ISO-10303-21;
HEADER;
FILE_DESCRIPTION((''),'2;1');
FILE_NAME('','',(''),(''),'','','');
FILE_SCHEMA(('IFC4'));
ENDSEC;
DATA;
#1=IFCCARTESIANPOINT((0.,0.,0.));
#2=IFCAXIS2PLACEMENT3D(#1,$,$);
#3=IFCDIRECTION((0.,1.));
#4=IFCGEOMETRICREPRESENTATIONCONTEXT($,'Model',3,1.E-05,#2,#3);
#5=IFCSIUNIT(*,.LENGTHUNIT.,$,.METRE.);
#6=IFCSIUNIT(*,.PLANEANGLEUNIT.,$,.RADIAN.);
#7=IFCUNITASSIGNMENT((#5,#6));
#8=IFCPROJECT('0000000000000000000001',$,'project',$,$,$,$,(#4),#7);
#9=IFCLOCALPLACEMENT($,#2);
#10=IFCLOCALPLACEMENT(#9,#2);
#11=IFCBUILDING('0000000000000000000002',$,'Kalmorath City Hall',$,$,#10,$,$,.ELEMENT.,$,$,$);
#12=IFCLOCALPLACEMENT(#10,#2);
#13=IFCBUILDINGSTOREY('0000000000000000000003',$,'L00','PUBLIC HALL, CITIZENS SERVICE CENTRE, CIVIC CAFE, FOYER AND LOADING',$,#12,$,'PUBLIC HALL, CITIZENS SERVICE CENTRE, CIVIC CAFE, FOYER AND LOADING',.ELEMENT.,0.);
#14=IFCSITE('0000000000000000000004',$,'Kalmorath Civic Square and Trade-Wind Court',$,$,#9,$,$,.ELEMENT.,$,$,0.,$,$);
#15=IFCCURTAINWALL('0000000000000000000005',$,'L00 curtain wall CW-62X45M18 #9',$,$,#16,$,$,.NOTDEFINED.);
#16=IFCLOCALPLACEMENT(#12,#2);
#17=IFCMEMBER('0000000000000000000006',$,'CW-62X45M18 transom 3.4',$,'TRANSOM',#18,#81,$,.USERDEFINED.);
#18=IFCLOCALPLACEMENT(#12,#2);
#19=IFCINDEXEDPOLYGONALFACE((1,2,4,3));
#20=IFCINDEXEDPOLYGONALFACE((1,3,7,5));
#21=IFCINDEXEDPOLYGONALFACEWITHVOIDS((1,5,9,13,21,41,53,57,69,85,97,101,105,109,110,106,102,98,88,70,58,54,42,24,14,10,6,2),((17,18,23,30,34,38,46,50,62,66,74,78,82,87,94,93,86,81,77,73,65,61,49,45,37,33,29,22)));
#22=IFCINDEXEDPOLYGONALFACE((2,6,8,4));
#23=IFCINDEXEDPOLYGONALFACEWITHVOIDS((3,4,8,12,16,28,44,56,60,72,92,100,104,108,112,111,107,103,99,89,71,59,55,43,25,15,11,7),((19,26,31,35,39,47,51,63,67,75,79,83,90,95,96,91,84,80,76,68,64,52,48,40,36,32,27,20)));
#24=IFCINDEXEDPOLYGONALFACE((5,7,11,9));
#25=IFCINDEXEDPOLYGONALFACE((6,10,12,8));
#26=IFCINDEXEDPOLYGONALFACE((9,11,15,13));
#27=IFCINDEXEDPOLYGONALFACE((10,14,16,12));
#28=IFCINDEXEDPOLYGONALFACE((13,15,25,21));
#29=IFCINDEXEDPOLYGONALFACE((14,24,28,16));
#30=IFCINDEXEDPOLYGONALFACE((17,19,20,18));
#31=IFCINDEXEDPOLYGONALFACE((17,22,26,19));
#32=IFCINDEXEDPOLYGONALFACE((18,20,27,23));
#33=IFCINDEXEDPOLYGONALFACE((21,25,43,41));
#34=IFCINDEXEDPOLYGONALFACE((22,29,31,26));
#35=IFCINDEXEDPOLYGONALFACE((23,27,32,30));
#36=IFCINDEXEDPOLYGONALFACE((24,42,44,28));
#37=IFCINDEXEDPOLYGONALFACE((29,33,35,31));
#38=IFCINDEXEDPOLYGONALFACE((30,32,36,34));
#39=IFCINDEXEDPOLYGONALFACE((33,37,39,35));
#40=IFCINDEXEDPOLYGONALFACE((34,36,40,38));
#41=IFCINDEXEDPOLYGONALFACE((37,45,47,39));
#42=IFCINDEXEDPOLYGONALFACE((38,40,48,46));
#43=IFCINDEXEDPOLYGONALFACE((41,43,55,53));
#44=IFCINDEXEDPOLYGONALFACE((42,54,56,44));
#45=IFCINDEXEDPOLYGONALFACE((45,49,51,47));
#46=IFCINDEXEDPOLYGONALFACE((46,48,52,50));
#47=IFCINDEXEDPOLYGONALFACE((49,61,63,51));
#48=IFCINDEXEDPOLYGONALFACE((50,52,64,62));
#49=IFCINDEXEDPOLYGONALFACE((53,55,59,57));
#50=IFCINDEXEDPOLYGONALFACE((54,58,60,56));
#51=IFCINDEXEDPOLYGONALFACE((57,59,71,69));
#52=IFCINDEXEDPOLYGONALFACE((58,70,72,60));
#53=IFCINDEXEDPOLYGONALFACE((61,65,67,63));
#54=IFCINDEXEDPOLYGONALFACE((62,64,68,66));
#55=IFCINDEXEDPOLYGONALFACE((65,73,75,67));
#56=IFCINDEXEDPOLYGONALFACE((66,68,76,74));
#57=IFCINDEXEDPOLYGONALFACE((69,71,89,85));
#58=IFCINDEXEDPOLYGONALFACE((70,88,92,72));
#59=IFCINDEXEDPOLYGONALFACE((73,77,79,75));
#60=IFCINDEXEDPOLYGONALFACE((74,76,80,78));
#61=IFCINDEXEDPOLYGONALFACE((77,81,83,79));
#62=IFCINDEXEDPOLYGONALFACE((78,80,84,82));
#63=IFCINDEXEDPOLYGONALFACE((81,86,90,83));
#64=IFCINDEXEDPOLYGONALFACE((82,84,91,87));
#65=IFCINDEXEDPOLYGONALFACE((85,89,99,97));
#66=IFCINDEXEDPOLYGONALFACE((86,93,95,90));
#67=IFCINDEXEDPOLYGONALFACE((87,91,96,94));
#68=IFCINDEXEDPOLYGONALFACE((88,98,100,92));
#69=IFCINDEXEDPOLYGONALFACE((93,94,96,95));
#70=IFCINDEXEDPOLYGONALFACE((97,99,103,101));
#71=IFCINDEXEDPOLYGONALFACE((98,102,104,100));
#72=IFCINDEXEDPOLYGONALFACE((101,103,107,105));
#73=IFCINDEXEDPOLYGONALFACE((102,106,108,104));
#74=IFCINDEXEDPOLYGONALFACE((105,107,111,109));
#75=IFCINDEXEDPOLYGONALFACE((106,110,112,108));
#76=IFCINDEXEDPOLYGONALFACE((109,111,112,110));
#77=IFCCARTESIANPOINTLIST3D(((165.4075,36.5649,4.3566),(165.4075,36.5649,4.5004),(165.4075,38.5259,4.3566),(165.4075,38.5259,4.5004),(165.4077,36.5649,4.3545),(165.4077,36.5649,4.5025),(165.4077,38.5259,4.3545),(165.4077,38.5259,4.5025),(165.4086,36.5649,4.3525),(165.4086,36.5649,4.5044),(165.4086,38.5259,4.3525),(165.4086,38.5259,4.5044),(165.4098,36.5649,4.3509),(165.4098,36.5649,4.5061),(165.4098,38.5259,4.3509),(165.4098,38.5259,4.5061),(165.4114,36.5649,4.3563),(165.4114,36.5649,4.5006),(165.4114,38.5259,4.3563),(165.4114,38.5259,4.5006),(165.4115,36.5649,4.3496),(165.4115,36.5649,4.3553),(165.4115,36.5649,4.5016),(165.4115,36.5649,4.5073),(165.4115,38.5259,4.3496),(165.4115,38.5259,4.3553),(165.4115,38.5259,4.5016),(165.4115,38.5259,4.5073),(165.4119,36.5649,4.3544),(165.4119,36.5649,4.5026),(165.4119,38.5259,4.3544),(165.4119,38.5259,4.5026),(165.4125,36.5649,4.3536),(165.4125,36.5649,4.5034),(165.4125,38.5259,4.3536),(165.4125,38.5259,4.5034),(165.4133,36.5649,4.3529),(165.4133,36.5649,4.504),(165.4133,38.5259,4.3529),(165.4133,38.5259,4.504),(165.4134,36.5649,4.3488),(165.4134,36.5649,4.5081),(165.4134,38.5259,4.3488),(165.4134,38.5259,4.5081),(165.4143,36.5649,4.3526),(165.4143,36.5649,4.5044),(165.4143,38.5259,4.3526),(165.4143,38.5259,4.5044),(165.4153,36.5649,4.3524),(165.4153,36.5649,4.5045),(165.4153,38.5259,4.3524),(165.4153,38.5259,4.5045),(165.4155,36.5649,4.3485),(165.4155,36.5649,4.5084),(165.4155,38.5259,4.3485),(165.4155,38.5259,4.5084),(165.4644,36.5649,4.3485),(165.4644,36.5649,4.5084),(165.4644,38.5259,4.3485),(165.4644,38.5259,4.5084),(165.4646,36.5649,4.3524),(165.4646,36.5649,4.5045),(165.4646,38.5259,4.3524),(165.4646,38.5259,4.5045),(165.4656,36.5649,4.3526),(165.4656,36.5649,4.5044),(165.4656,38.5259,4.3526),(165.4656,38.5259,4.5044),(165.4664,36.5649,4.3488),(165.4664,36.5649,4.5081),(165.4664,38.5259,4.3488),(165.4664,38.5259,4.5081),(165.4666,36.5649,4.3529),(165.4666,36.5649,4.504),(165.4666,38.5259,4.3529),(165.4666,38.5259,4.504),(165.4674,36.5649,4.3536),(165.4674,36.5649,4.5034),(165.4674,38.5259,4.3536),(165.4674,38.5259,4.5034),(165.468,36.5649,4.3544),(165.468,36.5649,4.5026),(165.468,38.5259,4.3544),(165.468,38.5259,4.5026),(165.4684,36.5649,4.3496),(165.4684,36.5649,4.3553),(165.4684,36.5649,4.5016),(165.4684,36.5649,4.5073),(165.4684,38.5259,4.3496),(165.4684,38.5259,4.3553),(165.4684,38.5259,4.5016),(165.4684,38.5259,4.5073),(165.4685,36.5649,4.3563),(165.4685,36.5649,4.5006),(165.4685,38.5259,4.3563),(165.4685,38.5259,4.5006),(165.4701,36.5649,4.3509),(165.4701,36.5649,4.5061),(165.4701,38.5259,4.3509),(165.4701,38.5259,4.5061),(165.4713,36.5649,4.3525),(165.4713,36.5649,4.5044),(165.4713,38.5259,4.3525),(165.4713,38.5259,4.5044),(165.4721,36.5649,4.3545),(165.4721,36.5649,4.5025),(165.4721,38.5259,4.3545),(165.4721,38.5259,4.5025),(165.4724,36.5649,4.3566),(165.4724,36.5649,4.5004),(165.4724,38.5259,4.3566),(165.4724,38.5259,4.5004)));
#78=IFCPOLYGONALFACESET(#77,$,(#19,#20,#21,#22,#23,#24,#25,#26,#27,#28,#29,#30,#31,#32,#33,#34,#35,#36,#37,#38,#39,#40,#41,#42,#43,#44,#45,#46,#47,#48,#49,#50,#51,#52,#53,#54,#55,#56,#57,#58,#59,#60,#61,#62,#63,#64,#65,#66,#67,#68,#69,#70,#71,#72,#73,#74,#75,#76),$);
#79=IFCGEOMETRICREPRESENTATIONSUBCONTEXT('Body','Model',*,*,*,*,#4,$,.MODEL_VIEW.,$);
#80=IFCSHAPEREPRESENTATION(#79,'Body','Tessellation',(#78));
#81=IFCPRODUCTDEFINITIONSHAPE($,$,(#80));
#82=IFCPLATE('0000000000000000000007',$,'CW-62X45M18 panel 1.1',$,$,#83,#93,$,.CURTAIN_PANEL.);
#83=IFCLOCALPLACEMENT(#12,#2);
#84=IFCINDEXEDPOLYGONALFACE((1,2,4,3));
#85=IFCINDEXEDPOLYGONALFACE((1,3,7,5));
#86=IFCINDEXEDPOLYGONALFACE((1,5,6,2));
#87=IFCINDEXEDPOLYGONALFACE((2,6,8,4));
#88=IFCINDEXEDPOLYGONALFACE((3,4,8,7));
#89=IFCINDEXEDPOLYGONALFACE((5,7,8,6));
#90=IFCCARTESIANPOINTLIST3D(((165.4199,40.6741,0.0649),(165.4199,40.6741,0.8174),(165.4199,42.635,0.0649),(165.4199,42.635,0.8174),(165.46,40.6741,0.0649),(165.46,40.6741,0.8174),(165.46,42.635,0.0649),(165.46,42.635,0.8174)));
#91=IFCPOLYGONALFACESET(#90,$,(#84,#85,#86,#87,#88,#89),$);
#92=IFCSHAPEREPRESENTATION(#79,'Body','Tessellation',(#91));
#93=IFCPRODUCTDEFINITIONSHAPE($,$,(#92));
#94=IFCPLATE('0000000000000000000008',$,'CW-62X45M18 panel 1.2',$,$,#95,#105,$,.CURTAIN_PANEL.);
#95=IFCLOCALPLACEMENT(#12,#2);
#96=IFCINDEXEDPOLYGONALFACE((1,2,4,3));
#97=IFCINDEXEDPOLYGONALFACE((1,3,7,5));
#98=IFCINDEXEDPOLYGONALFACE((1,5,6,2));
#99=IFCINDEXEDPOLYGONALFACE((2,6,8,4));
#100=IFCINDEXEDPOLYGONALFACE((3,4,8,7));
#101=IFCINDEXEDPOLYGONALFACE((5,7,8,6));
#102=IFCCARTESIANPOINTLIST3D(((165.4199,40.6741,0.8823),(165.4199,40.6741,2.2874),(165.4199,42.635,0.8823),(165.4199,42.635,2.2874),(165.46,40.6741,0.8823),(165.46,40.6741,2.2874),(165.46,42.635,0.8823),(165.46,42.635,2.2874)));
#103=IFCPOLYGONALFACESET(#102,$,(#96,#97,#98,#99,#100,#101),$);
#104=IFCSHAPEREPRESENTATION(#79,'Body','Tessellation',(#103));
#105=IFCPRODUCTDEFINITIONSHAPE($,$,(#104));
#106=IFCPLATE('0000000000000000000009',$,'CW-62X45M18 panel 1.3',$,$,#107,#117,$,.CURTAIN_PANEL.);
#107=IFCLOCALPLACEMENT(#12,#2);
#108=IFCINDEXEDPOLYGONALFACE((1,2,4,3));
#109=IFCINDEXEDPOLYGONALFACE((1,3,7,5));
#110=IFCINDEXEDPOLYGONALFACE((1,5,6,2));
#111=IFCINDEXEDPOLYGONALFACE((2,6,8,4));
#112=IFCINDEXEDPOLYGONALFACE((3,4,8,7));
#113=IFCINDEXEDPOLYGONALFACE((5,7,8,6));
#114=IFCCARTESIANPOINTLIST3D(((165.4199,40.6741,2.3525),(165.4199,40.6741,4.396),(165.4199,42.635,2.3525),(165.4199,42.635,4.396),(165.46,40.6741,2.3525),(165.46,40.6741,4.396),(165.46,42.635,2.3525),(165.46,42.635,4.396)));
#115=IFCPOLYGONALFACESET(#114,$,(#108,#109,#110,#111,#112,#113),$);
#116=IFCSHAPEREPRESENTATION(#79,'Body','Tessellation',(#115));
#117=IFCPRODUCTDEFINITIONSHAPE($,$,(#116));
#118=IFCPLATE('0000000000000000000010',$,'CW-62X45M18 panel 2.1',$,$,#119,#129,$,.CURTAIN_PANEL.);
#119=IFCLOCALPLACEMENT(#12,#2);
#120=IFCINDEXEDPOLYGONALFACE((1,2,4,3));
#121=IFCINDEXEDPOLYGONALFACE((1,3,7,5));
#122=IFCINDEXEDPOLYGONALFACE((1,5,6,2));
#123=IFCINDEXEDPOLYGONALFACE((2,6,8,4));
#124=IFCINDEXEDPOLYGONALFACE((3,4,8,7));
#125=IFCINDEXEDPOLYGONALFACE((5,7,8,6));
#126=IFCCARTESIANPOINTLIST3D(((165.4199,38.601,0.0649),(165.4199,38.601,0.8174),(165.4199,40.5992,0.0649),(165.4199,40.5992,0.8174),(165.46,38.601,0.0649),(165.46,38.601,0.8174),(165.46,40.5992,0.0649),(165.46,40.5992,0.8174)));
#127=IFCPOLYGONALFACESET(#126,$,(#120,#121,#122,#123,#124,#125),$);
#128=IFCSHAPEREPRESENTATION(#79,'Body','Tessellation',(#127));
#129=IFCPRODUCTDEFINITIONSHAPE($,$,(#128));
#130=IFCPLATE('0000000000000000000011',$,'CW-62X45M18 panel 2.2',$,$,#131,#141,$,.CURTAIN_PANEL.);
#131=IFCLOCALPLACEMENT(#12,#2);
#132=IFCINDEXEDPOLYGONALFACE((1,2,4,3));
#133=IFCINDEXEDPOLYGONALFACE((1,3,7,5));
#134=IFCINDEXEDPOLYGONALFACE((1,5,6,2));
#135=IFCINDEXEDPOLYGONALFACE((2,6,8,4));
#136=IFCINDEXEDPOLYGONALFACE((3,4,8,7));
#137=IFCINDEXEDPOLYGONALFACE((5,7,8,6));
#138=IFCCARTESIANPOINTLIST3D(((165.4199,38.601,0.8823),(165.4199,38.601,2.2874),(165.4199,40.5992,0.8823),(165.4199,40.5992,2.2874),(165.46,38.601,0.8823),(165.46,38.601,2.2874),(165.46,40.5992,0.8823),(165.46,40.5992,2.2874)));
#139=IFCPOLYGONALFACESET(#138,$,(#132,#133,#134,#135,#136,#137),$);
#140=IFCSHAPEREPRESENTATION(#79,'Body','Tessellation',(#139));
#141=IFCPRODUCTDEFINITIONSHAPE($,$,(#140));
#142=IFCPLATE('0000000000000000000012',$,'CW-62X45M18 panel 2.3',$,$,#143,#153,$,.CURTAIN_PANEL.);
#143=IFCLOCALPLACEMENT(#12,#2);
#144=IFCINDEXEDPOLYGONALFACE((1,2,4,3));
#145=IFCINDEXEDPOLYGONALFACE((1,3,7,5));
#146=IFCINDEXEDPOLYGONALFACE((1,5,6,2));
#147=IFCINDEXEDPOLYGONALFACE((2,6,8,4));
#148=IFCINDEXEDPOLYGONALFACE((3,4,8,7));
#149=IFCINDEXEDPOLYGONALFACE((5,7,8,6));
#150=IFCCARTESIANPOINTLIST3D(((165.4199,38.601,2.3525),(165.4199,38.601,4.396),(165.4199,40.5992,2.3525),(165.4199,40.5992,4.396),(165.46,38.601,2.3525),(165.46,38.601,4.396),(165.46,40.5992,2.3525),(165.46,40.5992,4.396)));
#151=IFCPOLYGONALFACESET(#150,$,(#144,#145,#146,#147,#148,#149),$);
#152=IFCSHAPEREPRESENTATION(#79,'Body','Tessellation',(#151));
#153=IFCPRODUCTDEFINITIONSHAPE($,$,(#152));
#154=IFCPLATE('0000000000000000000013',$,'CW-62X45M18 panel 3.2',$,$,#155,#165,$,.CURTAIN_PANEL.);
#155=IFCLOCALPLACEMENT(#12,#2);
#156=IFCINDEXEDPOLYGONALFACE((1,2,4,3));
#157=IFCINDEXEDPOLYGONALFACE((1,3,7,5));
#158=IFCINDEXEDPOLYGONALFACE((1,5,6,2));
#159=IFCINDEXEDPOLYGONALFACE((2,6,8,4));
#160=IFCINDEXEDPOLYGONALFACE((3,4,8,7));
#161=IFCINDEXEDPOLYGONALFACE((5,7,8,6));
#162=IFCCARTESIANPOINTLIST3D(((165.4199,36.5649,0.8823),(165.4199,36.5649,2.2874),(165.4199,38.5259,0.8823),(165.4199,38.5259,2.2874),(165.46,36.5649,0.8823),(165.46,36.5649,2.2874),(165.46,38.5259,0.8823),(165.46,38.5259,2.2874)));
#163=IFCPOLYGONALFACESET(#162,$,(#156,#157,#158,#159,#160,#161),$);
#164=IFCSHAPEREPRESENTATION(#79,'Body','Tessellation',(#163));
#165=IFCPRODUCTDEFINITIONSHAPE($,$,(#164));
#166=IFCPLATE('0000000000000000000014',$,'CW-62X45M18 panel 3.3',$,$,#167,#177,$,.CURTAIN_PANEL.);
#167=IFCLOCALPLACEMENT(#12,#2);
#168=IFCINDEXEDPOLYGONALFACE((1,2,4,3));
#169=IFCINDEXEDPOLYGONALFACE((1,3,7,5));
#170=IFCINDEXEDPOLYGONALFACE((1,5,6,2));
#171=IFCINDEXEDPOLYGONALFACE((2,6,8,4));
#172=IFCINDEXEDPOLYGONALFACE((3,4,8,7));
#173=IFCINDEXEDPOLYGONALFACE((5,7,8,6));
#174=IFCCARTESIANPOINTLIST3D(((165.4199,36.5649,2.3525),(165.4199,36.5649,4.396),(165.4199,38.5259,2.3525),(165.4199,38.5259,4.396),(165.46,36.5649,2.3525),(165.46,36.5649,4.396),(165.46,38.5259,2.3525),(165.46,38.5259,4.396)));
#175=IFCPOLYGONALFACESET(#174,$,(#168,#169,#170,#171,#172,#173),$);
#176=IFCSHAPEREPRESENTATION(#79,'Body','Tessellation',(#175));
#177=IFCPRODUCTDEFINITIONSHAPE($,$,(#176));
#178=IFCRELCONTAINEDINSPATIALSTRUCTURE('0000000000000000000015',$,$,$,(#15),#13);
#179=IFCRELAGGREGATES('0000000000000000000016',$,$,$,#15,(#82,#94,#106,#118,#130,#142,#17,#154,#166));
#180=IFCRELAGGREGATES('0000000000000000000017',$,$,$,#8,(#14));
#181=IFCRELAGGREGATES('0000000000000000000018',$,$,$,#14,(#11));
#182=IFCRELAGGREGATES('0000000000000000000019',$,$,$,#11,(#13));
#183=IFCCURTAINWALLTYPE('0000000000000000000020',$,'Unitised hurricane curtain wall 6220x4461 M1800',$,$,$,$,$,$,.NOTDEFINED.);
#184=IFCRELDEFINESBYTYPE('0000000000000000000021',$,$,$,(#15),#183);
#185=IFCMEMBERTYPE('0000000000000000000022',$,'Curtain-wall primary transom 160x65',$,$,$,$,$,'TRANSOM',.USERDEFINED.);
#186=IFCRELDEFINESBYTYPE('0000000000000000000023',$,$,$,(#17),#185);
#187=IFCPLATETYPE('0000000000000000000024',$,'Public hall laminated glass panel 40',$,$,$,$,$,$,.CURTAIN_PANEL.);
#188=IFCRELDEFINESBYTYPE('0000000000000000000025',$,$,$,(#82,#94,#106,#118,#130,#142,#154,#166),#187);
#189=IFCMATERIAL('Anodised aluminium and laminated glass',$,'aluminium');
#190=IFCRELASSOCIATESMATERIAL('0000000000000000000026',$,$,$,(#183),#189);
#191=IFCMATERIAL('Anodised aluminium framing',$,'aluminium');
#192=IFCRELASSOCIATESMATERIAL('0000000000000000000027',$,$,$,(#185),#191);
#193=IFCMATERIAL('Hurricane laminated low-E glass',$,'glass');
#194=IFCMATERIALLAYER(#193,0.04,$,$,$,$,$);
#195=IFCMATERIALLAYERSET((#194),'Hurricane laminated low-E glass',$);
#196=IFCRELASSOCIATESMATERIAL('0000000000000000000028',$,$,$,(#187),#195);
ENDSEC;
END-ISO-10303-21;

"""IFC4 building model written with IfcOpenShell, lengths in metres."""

from ifc_helpers import new_model, si_unit, direction, frame, origin, origin_2d, place, context, subcontext, project, spatial, rectangle, hollow_rectangle, extrude, material, layer, layer_set, material_profile, profile_set, type_object, element, aggregate, save


model = new_model("IFC4")

# Units and contexts
model_context = context("Model", 3, precision=1e-05, world=origin(), true_north=direction((0.0, 1.0)))
body_context = subcontext(model_context, "Body", "Model", "MODEL_VIEW")
ifc_project = project(units=[si_unit("LENGTHUNIT", "METRE"), si_unit("PLANEANGLEUNIT", "RADIAN")], contexts=[model_context])

# Site, building, storey
site_placement = place(None, origin())
site = spatial("IfcSite", under=ifc_project, at=site_placement, Name="Kalmorath Civic Square and Trade-Wind Court", CompositionType="ELEMENT", RefElevation=0.0)
building_placement = place(site_placement, origin())
building = spatial("IfcBuilding", under=site, at=building_placement, Name="Kalmorath City Hall", CompositionType="ELEMENT")
storey_placement = place(building_placement, origin())
storey = spatial("IfcBuildingStorey", under=building, at=storey_placement, Name="L00", Description="PUBLIC HALL, CITIZENS SERVICE CENTRE, CIVIC CAFE, FOYER AND LOADING", LongName="PUBLIC HALL, CITIZENS SERVICE CENTRE, CIVIC CAFE, FOYER AND LOADING", CompositionType="ELEMENT", Elevation=0.0)

# Curtain wall, member, plates
ifc_material_1 = material(Name="Anodised aluminium and laminated glass", Category="aluminium")
curtain_wall_type = type_object("IfcCurtainWallType", Name="Unitised hurricane curtain wall 6220x4461 M1800", PredefinedType="NOTDEFINED", material=ifc_material_1)
curtain_wall_placement = place(storey_placement, origin())
curtain_wall = element("IfcCurtainWall", 1, at=curtain_wall_placement, inside=storey, type_object=curtain_wall_type, Name="L00 curtain wall CW-62X45M18 #9", PredefinedType="NOTDEFINED")
ifc_material_2 = material(Name="Anodised aluminium framing", Category="aluminium")
ifc_material_profile_1 = material_profile(ifc_material_2, hollow_rectangle(XDim=0.0649, YDim=0.1599, WallThickness=0.0039, InnerFilletRadius=0.0039, OuterFilletRadius=0.0081, at=origin_2d()), Name="ALU-TRN-160X65X4")
ifc_profile_set_1 = profile_set([ifc_material_profile_1], Name="Anodised aluminium framing")
member_type_1 = type_object("IfcMemberType", Name="Curtain-wall primary transom 160x65", ElementType="TRANSOM", PredefinedType="USERDEFINED", material=ifc_profile_set_1)
member_1_placement = place(storey_placement, frame((165.4399, 38.5259, 4.4285), z_axis=(0.0, -1.0, 0.0), x_axis=(1.0, 0.0, 0.0)))
member_1 = element("IfcMember", 2, at=member_1_placement, type_object=member_type_1, Name="CW-62X45M18 transom 3.4", ObjectType="TRANSOM", PredefinedType="USERDEFINED", context=body_context, shape_type="SweptSolid", body=[
    extrude(hollow_rectangle(XDim=0.0649, YDim=0.1599, WallThickness=0.0039, InnerFilletRadius=0.0039, OuterFilletRadius=0.0081, at=origin_2d()), origin(), (0.0, 0.0, 1.0), 1.9609),
])
ifc_material_3 = material(Name="Hurricane laminated low-E glass", Category="glass")
ifc_layer = layer(ifc_material_3, 0.04)
ifc_layer_set = layer_set([ifc_layer], Name="Hurricane laminated low-E glass")
plate_type = type_object("IfcPlateType", Name="Public hall laminated glass panel 40", PredefinedType="CURTAIN_PANEL", material=ifc_layer_set)
plate_1_placement = place(storey_placement, frame((165.4399, 41.6545, 0.0649), z_axis=(0.0, 0.0, 1.0), x_axis=(0.0, -1.0, 0.0)))
plate_1 = element("IfcPlate", 3, at=plate_1_placement, type_object=plate_type, Name="CW-62X45M18 panel 1.1", PredefinedType="CURTAIN_PANEL", context=body_context, shape_type="SweptSolid", body=[
    extrude(rectangle(XDim=1.9609, YDim=0.04, at=origin_2d()), origin(), (0.0, 0.0, 1.0), 0.7524),
])
plate_2_placement = place(storey_placement, frame((165.4399, 41.6545, 0.8823), z_axis=(0.0, 0.0, 1.0), x_axis=(0.0, -1.0, 0.0)))
plate_2 = element("IfcPlate", 4, at=plate_2_placement, type_object=plate_type, Name="CW-62X45M18 panel 1.2", PredefinedType="CURTAIN_PANEL", context=body_context, shape_type="SweptSolid", body=[
    extrude(rectangle(XDim=1.9609, YDim=0.04, at=origin_2d()), origin(), (0.0, 0.0, 1.0), 1.405),
])
plate_3_placement = place(storey_placement, frame((165.4399, 41.6545, 2.3525), z_axis=(0.0, 0.0, 1.0), x_axis=(0.0, -1.0, 0.0)))
plate_3 = element("IfcPlate", 5, at=plate_3_placement, type_object=plate_type, Name="CW-62X45M18 panel 1.3", PredefinedType="CURTAIN_PANEL", context=body_context, shape_type="SweptSolid", body=[
    extrude(rectangle(XDim=1.9609, YDim=0.04, at=origin_2d()), origin(), (0.0, 0.0, 1.0), 2.0435),
])
plate_4_placement = place(storey_placement, frame((165.4399, 39.6001, 0.0649), z_axis=(0.0, 0.0, 1.0), x_axis=(0.0, -1.0, 0.0)))
plate_4 = element("IfcPlate", 6, at=plate_4_placement, type_object=plate_type, Name="CW-62X45M18 panel 2.1", PredefinedType="CURTAIN_PANEL", context=body_context, shape_type="SweptSolid", body=[
    extrude(rectangle(XDim=1.9983, YDim=0.04, at=origin_2d()), origin(), (0.0, 0.0, 1.0), 0.7524),
])
plate_5_placement = place(storey_placement, frame((165.4399, 39.6001, 0.8823), z_axis=(0.0, 0.0, 1.0), x_axis=(0.0, -1.0, 0.0)))
plate_5 = element("IfcPlate", 7, at=plate_5_placement, type_object=plate_type, Name="CW-62X45M18 panel 2.2", PredefinedType="CURTAIN_PANEL", context=body_context, shape_type="SweptSolid", body=[
    extrude(rectangle(XDim=1.9983, YDim=0.04, at=origin_2d()), origin(), (0.0, 0.0, 1.0), 1.405),
])
plate_6_placement = place(storey_placement, frame((165.4399, 39.6001, 2.3525), z_axis=(0.0, 0.0, 1.0), x_axis=(0.0, -1.0, 0.0)))
plate_6 = element("IfcPlate", 8, at=plate_6_placement, type_object=plate_type, Name="CW-62X45M18 panel 2.3", PredefinedType="CURTAIN_PANEL", context=body_context, shape_type="SweptSolid", body=[
    extrude(rectangle(XDim=1.9983, YDim=0.04, at=origin_2d()), origin(), (0.0, 0.0, 1.0), 2.0435),
])
plate_7_placement = place(storey_placement, frame((165.4399, 37.5454, 0.8823), z_axis=(0.0, 0.0, 1.0), x_axis=(0.0, -1.0, 0.0)))
plate_7 = element("IfcPlate", 9, at=plate_7_placement, type_object=plate_type, Name="CW-62X45M18 panel 3.2", PredefinedType="CURTAIN_PANEL", context=body_context, shape_type="SweptSolid", body=[
    extrude(rectangle(XDim=1.9609, YDim=0.04, at=origin_2d()), origin(), (0.0, 0.0, 1.0), 1.405),
])
plate_8_placement = place(storey_placement, frame((165.4399, 37.5454, 2.3525), z_axis=(0.0, 0.0, 1.0), x_axis=(0.0, -1.0, 0.0)))
plate_8 = element("IfcPlate", 10, at=plate_8_placement, type_object=plate_type, Name="CW-62X45M18 panel 3.3", PredefinedType="CURTAIN_PANEL", context=body_context, shape_type="SweptSolid", body=[
    extrude(rectangle(XDim=1.9609, YDim=0.04, at=origin_2d()), origin(), (0.0, 0.0, 1.0), 2.0435),
])
aggregate(curtain_wall, [plate_1, plate_2, plate_3, plate_4, plate_5, plate_6, member_1, plate_7, plate_8])

save(model, "model.ifc")
